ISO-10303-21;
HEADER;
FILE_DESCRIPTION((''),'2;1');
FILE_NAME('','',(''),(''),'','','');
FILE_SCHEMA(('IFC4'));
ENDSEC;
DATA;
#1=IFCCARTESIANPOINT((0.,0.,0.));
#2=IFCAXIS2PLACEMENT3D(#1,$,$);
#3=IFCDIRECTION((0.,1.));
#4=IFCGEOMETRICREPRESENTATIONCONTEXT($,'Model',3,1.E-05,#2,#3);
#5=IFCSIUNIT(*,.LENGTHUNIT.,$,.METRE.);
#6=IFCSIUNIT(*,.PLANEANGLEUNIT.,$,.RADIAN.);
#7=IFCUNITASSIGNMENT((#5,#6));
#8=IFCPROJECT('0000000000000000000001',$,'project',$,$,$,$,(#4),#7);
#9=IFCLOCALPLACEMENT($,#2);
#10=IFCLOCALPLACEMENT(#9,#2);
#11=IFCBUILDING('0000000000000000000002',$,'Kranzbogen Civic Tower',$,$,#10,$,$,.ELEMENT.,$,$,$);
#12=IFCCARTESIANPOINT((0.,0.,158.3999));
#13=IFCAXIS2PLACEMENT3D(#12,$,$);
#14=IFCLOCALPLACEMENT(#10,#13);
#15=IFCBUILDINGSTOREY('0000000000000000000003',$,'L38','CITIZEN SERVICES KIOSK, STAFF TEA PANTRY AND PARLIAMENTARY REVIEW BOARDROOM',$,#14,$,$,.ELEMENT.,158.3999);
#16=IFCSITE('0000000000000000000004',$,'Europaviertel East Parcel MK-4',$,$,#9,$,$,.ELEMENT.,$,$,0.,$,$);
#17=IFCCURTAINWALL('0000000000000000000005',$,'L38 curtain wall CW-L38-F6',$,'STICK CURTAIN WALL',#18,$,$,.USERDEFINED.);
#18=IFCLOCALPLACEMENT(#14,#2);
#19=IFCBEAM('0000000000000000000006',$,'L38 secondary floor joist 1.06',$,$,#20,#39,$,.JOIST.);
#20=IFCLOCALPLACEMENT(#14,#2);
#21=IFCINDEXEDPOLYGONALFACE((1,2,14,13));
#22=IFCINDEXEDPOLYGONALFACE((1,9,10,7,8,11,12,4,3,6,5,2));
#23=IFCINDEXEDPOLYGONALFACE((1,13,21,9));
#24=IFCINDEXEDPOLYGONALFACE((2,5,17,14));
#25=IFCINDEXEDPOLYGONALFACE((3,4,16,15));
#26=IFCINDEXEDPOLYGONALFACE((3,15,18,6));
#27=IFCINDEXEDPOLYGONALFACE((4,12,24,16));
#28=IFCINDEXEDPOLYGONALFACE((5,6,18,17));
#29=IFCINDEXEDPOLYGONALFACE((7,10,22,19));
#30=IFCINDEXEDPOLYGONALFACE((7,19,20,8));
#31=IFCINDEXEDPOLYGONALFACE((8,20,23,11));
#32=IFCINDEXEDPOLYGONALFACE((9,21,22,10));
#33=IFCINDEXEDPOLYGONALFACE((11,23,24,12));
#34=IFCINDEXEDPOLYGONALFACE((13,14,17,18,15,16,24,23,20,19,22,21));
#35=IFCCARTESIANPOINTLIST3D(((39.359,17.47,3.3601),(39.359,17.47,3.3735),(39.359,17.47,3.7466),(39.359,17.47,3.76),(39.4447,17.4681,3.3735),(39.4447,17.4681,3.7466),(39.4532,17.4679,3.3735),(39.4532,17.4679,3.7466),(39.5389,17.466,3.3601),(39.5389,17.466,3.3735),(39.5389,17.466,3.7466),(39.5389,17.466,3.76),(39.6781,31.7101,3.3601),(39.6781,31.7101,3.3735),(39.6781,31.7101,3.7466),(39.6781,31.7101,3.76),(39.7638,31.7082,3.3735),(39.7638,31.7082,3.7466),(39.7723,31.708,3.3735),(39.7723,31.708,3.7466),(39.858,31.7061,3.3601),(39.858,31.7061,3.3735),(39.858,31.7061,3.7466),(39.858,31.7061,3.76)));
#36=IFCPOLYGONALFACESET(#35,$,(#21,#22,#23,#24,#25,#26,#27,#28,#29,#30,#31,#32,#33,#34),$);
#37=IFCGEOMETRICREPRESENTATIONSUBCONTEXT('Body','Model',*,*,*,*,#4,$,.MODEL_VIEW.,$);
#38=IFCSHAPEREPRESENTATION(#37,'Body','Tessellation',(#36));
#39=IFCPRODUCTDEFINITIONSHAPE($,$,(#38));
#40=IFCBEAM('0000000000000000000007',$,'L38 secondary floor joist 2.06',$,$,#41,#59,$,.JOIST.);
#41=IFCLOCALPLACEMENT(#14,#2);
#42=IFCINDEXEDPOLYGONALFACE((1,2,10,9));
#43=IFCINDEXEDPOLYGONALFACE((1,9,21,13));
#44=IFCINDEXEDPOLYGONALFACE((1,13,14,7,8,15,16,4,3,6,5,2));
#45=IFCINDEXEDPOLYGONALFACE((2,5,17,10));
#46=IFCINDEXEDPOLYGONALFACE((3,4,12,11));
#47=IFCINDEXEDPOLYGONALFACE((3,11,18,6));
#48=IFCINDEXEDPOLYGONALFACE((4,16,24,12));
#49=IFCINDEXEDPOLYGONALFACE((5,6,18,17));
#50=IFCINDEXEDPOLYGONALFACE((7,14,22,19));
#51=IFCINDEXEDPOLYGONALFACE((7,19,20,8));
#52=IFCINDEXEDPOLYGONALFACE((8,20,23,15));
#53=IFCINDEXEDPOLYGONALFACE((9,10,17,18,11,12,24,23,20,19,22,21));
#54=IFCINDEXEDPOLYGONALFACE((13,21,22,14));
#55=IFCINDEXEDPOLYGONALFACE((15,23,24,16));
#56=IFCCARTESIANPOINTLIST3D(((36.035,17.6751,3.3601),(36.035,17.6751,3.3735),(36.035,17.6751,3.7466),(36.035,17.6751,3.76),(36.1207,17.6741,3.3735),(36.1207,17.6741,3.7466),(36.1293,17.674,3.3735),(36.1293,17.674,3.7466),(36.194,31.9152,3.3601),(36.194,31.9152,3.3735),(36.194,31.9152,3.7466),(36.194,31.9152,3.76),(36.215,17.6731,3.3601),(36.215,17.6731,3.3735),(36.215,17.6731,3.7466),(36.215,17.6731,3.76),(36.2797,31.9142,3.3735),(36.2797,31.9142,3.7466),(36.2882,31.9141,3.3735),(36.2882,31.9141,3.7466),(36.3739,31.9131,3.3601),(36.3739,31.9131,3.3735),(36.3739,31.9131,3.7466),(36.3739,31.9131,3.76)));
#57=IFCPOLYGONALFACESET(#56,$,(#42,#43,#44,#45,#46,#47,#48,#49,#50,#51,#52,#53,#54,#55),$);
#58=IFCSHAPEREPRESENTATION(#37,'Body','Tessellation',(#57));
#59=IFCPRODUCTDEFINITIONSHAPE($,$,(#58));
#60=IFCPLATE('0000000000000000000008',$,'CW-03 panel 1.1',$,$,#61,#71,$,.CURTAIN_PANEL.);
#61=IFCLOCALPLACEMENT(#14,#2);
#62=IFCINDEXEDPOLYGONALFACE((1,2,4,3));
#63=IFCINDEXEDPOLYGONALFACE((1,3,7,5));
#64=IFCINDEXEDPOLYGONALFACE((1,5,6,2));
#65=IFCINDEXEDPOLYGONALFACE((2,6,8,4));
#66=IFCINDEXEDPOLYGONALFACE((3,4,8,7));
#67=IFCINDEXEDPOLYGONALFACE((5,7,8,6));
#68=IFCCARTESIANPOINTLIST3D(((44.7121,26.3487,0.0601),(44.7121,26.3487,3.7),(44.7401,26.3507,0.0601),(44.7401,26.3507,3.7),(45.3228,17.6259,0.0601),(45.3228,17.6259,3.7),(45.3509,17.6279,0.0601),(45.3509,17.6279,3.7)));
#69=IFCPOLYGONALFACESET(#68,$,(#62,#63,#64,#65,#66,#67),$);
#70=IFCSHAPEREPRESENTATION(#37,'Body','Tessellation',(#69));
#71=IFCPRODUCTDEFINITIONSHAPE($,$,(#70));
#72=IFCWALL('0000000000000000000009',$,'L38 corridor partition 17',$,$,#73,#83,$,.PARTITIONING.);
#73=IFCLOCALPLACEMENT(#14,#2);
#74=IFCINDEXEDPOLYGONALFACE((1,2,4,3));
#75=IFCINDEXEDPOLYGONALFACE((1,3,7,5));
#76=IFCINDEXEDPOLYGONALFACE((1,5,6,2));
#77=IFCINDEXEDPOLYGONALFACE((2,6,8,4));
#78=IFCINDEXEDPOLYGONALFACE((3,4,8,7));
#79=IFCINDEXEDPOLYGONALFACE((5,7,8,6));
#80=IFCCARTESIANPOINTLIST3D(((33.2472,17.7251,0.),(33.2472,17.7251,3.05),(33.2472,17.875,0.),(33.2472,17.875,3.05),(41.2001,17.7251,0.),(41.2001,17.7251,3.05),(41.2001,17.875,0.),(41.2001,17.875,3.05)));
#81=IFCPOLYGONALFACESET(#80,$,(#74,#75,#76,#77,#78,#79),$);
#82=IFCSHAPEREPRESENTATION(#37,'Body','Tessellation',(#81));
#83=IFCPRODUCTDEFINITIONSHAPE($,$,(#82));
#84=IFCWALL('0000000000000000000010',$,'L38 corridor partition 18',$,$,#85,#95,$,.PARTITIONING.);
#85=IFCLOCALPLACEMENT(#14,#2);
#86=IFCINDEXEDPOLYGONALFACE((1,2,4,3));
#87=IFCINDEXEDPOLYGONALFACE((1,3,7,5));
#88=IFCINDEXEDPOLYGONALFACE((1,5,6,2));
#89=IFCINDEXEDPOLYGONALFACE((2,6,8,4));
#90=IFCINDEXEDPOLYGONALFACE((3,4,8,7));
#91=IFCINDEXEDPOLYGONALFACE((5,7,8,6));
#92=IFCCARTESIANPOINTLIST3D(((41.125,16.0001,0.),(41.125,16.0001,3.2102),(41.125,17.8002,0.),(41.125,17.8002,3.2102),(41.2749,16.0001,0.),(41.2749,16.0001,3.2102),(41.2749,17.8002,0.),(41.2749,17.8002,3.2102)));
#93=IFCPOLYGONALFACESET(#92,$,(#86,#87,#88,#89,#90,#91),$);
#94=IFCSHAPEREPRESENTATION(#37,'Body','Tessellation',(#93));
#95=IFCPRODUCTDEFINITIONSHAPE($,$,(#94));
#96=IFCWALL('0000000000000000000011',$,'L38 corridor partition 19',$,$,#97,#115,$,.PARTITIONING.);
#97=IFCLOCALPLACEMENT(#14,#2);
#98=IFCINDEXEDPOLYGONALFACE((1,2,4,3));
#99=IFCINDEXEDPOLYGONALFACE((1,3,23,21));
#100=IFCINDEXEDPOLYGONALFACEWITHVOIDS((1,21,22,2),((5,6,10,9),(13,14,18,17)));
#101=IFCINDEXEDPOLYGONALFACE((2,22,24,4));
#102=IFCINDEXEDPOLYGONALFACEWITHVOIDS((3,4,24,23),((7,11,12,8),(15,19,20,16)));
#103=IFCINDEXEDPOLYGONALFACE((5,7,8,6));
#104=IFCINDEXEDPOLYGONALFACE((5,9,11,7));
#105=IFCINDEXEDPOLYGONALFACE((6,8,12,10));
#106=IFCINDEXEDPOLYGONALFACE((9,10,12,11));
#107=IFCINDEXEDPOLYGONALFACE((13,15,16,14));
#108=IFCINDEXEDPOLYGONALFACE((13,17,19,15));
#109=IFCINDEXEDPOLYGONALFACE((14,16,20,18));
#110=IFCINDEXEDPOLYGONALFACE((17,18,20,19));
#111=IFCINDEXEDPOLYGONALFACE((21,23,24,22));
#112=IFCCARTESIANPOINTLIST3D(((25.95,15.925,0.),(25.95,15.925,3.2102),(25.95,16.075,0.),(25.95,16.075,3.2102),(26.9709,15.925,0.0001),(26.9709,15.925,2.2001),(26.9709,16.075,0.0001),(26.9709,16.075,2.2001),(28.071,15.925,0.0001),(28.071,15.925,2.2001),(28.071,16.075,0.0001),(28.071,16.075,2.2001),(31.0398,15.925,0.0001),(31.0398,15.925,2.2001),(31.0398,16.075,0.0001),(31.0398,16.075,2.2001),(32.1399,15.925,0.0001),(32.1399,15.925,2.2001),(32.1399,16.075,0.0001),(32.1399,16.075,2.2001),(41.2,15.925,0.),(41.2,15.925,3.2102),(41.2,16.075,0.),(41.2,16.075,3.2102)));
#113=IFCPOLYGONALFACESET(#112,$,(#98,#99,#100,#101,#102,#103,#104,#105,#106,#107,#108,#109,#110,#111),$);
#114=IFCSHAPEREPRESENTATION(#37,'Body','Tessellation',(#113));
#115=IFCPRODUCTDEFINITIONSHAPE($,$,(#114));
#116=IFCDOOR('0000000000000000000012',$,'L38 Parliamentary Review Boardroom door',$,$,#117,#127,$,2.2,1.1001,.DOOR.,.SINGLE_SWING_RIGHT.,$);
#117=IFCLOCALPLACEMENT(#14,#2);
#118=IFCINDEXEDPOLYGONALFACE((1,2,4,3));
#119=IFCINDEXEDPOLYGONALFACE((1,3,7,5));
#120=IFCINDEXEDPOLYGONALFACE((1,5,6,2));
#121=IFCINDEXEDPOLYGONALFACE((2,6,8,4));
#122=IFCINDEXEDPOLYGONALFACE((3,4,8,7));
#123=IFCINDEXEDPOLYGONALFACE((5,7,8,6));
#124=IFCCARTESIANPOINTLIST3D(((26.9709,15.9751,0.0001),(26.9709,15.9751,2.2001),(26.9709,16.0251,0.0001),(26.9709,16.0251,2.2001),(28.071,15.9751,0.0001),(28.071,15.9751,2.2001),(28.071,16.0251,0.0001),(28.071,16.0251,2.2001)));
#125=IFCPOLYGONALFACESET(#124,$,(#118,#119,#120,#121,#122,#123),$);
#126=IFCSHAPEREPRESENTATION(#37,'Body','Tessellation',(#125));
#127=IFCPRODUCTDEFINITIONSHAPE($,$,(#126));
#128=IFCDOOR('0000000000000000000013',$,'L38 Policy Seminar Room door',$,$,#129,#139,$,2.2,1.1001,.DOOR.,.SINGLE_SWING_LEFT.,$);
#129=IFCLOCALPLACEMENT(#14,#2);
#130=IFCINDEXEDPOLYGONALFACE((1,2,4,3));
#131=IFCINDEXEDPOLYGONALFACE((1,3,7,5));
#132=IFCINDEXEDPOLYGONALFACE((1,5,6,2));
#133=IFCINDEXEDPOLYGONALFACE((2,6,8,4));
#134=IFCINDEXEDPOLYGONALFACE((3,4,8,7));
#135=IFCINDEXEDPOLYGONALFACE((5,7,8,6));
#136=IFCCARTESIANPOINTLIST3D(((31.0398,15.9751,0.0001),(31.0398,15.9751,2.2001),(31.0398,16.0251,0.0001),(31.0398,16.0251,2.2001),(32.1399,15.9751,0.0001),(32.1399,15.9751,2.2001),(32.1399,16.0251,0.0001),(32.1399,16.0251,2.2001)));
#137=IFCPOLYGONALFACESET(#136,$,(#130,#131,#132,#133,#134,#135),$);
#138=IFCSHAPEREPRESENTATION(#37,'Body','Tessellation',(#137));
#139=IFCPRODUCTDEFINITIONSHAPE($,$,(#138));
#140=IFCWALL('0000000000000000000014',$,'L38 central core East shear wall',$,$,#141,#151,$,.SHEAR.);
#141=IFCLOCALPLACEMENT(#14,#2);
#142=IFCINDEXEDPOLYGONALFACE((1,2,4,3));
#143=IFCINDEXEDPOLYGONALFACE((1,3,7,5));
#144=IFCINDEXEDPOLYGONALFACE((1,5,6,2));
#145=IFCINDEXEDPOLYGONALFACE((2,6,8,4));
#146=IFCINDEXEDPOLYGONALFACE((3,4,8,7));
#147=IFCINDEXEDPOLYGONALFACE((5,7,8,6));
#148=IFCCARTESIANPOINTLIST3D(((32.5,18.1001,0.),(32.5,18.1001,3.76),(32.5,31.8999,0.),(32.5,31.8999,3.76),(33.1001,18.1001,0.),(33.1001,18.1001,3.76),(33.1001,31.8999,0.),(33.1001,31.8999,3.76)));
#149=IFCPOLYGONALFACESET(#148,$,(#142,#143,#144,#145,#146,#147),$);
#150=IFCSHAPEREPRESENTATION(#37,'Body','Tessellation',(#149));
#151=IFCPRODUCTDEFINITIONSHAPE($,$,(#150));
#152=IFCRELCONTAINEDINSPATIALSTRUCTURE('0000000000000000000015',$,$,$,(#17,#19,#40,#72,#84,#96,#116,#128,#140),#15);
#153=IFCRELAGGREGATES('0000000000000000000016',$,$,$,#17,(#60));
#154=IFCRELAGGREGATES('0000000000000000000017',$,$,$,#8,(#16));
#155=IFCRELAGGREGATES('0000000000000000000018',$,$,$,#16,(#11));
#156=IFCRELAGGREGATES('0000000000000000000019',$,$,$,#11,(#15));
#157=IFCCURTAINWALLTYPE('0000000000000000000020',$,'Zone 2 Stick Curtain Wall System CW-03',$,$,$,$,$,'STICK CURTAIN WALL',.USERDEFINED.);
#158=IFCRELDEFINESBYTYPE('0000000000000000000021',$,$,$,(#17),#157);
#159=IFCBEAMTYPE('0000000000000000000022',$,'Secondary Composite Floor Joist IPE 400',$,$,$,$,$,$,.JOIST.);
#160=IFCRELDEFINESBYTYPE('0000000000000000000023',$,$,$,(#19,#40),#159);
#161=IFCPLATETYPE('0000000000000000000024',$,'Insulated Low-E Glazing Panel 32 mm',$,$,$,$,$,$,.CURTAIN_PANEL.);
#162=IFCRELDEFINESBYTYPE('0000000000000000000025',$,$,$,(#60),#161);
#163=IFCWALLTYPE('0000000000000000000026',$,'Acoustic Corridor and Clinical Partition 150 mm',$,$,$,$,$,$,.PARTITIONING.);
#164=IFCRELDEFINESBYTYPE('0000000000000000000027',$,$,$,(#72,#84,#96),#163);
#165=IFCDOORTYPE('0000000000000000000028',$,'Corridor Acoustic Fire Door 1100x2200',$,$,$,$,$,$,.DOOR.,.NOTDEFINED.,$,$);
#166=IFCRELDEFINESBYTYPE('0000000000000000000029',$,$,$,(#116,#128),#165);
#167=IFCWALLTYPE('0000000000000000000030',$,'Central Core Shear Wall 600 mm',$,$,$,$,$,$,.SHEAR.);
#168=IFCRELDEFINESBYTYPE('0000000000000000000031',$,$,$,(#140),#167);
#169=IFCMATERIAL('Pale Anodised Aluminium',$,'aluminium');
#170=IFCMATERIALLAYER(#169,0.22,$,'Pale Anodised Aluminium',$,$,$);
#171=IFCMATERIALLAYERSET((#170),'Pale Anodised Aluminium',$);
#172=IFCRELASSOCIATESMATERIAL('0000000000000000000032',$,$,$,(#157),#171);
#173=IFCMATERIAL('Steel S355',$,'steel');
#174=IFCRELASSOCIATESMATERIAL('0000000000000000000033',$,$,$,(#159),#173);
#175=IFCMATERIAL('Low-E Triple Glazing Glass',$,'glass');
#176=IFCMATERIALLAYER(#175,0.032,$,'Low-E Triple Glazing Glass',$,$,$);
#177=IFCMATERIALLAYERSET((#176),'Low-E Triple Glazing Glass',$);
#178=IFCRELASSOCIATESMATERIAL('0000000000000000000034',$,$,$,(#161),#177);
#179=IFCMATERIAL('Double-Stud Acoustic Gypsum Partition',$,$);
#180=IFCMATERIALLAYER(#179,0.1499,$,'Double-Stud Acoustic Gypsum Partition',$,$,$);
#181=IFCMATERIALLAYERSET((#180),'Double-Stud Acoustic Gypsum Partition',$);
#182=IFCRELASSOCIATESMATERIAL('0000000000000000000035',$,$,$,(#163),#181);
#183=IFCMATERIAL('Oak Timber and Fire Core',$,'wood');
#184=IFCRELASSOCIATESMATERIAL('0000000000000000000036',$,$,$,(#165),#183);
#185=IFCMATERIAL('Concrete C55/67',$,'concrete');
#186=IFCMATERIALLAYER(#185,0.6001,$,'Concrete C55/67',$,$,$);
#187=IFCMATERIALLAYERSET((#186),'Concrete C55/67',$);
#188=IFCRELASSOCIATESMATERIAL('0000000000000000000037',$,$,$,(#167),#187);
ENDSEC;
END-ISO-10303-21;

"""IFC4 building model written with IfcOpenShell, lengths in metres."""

from ifc_helpers import new_model, si_unit, direction, frame, frame_2d, origin, origin_2d, place, context, subcontext, project, spatial, rectangle, i_section, extrude, material, layer, layer_set, material_profile, profile_set, type_object, element, fill, aggregate, save


model = new_model("IFC4")

# Units and contexts
model_context = context("Model", 3, precision=1e-05, world=origin(), true_north=direction((0.0, 1.0)))
body_context = subcontext(model_context, "Body", "Model", "MODEL_VIEW")
ifc_project = project(units=[si_unit("LENGTHUNIT", "METRE"), si_unit("PLANEANGLEUNIT", "RADIAN")], contexts=[model_context])

# Site, building, storey
site_placement = place(None, origin())
site = spatial("IfcSite", under=ifc_project, at=site_placement, Name="Europaviertel East Parcel MK-4", CompositionType="ELEMENT", RefElevation=0.0)
building_placement = place(site_placement, origin())
building = spatial("IfcBuilding", under=site, at=building_placement, Name="Kranzbogen Civic Tower", CompositionType="ELEMENT")
storey_placement = place(building_placement, frame((0.0, 0.0, 158.3999)))
storey = spatial("IfcBuildingStorey", under=building, at=storey_placement, Name="L38", Description="CITIZEN SERVICES KIOSK, STAFF TEA PANTRY AND PARLIAMENTARY REVIEW BOARDROOM", CompositionType="ELEMENT", Elevation=158.3999)

# Shared definitions
ifc_material_1 = material(Name="Steel S355", Category="steel")

# Curtain wall
ifc_material_2 = material(Name="Pale Anodised Aluminium", Category="aluminium")
ifc_layer_1 = layer(ifc_material_2, 0.22, Name="Pale Anodised Aluminium")
ifc_layer_set_1 = layer_set([ifc_layer_1], Name="Pale Anodised Aluminium")
curtain_wall_type = type_object("IfcCurtainWallType", Name="Zone 2 Stick Curtain Wall System CW-03", ElementType="STICK CURTAIN WALL", PredefinedType="USERDEFINED", material=ifc_layer_set_1)
curtain_wall_placement = place(storey_placement, origin())
curtain_wall = element("IfcCurtainWall", 1, at=curtain_wall_placement, inside=storey, type_object=curtain_wall_type, Name="L38 curtain wall CW-L38-F6", ObjectType="STICK CURTAIN WALL", PredefinedType="USERDEFINED")

# Beams
ifc_material_profile_1 = material_profile(ifc_material_1, i_section(OverallWidth=0.1799, OverallDepth=0.3999, WebThickness=0.0085, FlangeThickness=0.0134, at=origin_2d()), Name="IPE 400")
ifc_profile_set_1 = profile_set([ifc_material_profile_1], Name="Steel S355")
beam_type_1 = type_object("IfcBeamType", Name="Secondary Composite Floor Joist IPE 400", PredefinedType="JOIST", material=ifc_profile_set_1)
beam_1_placement = place(storey_placement, frame((39.449, 17.468, 3.5601), z_axis=(0.022403, 0.999749, 0.0), x_axis=(-0.999749, 0.022403, 0.0)))
element("IfcBeam", 2, at=beam_1_placement, inside=storey, type_object=beam_type_1, Name="L38 secondary floor joist 1.06", PredefinedType="JOIST", context=body_context, shape_type="SweptSolid", body=[
    extrude(i_section(OverallWidth=0.1799, OverallDepth=0.3999, WebThickness=0.0085, FlangeThickness=0.0134, at=origin_2d()), origin(), (0.0, 0.0, 1.0), 14.2437),
])
beam_2_placement = place(storey_placement, frame((36.125, 17.6741, 3.5601), z_axis=(0.011161, 0.999938, 0.0), x_axis=(-0.999938, 0.011161, 0.0)))
element("IfcBeam", 3, at=beam_2_placement, inside=storey, type_object=beam_type_1, Name="L38 secondary floor joist 2.06", PredefinedType="JOIST", context=body_context, shape_type="SweptSolid", body=[
    extrude(i_section(OverallWidth=0.1799, OverallDepth=0.3999, WebThickness=0.0085, FlangeThickness=0.0134, at=origin_2d()), origin(), (0.0, 0.0, 1.0), 14.241),
])

# Plate
ifc_material_3 = material(Name="Low-E Triple Glazing Glass", Category="glass")
ifc_layer_2 = layer(ifc_material_3, 0.032, Name="Low-E Triple Glazing Glass")
ifc_layer_set_2 = layer_set([ifc_layer_2], Name="Low-E Triple Glazing Glass")
plate_type = type_object("IfcPlateType", Name="Insulated Low-E Glazing Panel 32 mm", PredefinedType="CURTAIN_PANEL", material=ifc_layer_set_2)
plate_placement = place(storey_placement, frame((45.0315, 21.9883, 0.0601), z_axis=(0.0, 0.0, 1.0), x_axis=(-0.069843, 0.997558, 0.0)))
plate = element("IfcPlate", 4, at=plate_placement, type_object=plate_type, Name="CW-03 panel 1.1", PredefinedType="CURTAIN_PANEL", context=body_context, shape_type="SweptSolid", body=[
    extrude(rectangle(XDim=8.7441, YDim=0.0281, at=origin_2d()), origin(), (0.0, 0.0, 1.0), 3.6399),
])
aggregate(curtain_wall, [plate])

# Walls
ifc_material_4 = material(Name="Double-Stud Acoustic Gypsum Partition")
ifc_layer_3 = layer(ifc_material_4, 0.1499, Name="Double-Stud Acoustic Gypsum Partition")
ifc_layer_set_3 = layer_set([ifc_layer_3], Name="Double-Stud Acoustic Gypsum Partition")
wall_type_1 = type_object("IfcWallType", Name="Acoustic Corridor and Clinical Partition 150 mm", PredefinedType="PARTITIONING", material=ifc_layer_set_3)
wall_1_placement = place(storey_placement, frame((33.2471, 17.8, 0.0), z_axis=(0.0, 0.0, 1.0), x_axis=(1.0, 0.0, 0.0)))
element("IfcWall", 5, at=wall_1_placement, inside=storey, type_object=wall_type_1, Name="L38 corridor partition 17", PredefinedType="PARTITIONING", context=body_context, shape_type="SweptSolid", body=[
    extrude(rectangle(XDim=7.9529, YDim=0.1499, at=frame_2d((3.9766, 0.0))), origin(), (0.0, 0.0, 1.0), 3.05),
])
wall_2_placement = place(storey_placement, frame((41.2, 17.8, 0.0), z_axis=(0.0, 0.0, 1.0), x_axis=(0.0, -1.0, 0.0)))
element("IfcWall", 6, at=wall_2_placement, inside=storey, type_object=wall_type_1, Name="L38 corridor partition 18", PredefinedType="PARTITIONING", context=body_context, shape_type="SweptSolid", body=[
    extrude(rectangle(XDim=1.8, YDim=0.1499, at=frame_2d((0.8999, 0.0))), origin(), (0.0, 0.0, 1.0), 3.2102),
])

# Wall, openings, doors
wall_3_placement = place(storey_placement, frame((41.2, 16.0, 0.0), z_axis=(0.0, 0.0, 1.0), x_axis=(-1.0, 0.0, 0.0)))
wall_3 = element("IfcWall", 7, at=wall_3_placement, inside=storey, type_object=wall_type_1, Name="L38 corridor partition 19", PredefinedType="PARTITIONING", context=body_context, shape_type="SweptSolid", body=[
    extrude(rectangle(XDim=15.25, YDim=0.1499, at=frame_2d((7.625, 0.0))), origin(), (0.0, 0.0, 1.0), 3.2102),
])
opening_1_placement = place(wall_3_placement, frame((13.1289, 0.0, 0.0)))
opening_1 = element("IfcOpeningElement", 8, at=opening_1_placement, cuts=wall_3, PredefinedType="OPENING", context=body_context, shape_type="SweptSolid", body=[
    extrude(rectangle(XDim=1.1001, YDim=2.2, at=frame_2d((0.55, 1.1001))), frame((0.0, 0.085, 0.0), z_axis=(0.0, -1.0, 0.0), x_axis=(1.0, 0.0, 0.0)), (0.0, 0.0, 1.0), 0.1699),
])
opening_2_placement = place(wall_3_placement, frame((9.0601, 0.0, 0.0)))
opening_2 = element("IfcOpeningElement", 9, at=opening_2_placement, cuts=wall_3, PredefinedType="OPENING", context=body_context, shape_type="SweptSolid", body=[
    extrude(rectangle(XDim=1.1001, YDim=2.2, at=frame_2d((0.55, 1.1001))), frame((0.0, 0.085, 0.0), z_axis=(0.0, -1.0, 0.0), x_axis=(1.0, 0.0, 0.0)), (0.0, 0.0, 1.0), 0.1699),
])
ifc_material_5 = material(Name="Oak Timber and Fire Core", Category="wood")
door_type = type_object("IfcDoorType", Name="Corridor Acoustic Fire Door 1100x2200", OperationType="NOTDEFINED", PredefinedType="DOOR", material=ifc_material_5)
door_1_placement = place(opening_1_placement, origin())
door_1 = element("IfcDoor", 10, at=door_1_placement, inside=storey, type_object=door_type, Name="L38 Parliamentary Review Boardroom door", OperationType="SINGLE_SWING_RIGHT", OverallHeight=2.2, OverallWidth=1.1001, PredefinedType="DOOR", context=body_context, shape_type="SweptSolid", body=[
    extrude(rectangle(XDim=1.1001, YDim=2.2, at=frame_2d((0.55, 1.1001))), frame((0.0, 0.0249, 0.0), z_axis=(0.0, -1.0, 0.0), x_axis=(1.0, 0.0, 0.0)), (0.0, 0.0, 1.0), 0.05),
])
fill(opening_1, door_1)
door_2_placement = place(opening_2_placement, origin())
door_2 = element("IfcDoor", 11, at=door_2_placement, inside=storey, type_object=door_type, Name="L38 Policy Seminar Room door", OperationType="SINGLE_SWING_LEFT", OverallHeight=2.2, OverallWidth=1.1001, PredefinedType="DOOR", context=body_context, shape_type="SweptSolid", body=[
    extrude(rectangle(XDim=1.1001, YDim=2.2, at=frame_2d((0.55, 1.1001))), frame((0.0, 0.0249, 0.0), z_axis=(0.0, -1.0, 0.0), x_axis=(1.0, 0.0, 0.0)), (0.0, 0.0, 1.0), 0.05),
])
fill(opening_2, door_2)

# Wall
ifc_material_6 = material(Name="Concrete C55/67", Category="concrete")
ifc_layer_4 = layer(ifc_material_6, 0.6001, Name="Concrete C55/67")
ifc_layer_set_4 = layer_set([ifc_layer_4], Name="Concrete C55/67")
wall_type_2 = type_object("IfcWallType", Name="Central Core Shear Wall 600 mm", PredefinedType="SHEAR", material=ifc_layer_set_4)
wall_4_placement = place(storey_placement, frame((32.8, 18.1001, 0.0), z_axis=(0.0, 0.0, 1.0), x_axis=(0.0, 1.0, 0.0)))
element("IfcWall", 12, at=wall_4_placement, inside=storey, type_object=wall_type_2, Name="L38 central core East shear wall", PredefinedType="SHEAR", context=body_context, shape_type="SweptSolid", body=[
    extrude(rectangle(XDim=13.7998, YDim=0.6001, at=frame_2d((6.8999, 0.0))), origin(), (0.0, 0.0, 1.0), 3.76),
])

save(model, "model.ifc")
